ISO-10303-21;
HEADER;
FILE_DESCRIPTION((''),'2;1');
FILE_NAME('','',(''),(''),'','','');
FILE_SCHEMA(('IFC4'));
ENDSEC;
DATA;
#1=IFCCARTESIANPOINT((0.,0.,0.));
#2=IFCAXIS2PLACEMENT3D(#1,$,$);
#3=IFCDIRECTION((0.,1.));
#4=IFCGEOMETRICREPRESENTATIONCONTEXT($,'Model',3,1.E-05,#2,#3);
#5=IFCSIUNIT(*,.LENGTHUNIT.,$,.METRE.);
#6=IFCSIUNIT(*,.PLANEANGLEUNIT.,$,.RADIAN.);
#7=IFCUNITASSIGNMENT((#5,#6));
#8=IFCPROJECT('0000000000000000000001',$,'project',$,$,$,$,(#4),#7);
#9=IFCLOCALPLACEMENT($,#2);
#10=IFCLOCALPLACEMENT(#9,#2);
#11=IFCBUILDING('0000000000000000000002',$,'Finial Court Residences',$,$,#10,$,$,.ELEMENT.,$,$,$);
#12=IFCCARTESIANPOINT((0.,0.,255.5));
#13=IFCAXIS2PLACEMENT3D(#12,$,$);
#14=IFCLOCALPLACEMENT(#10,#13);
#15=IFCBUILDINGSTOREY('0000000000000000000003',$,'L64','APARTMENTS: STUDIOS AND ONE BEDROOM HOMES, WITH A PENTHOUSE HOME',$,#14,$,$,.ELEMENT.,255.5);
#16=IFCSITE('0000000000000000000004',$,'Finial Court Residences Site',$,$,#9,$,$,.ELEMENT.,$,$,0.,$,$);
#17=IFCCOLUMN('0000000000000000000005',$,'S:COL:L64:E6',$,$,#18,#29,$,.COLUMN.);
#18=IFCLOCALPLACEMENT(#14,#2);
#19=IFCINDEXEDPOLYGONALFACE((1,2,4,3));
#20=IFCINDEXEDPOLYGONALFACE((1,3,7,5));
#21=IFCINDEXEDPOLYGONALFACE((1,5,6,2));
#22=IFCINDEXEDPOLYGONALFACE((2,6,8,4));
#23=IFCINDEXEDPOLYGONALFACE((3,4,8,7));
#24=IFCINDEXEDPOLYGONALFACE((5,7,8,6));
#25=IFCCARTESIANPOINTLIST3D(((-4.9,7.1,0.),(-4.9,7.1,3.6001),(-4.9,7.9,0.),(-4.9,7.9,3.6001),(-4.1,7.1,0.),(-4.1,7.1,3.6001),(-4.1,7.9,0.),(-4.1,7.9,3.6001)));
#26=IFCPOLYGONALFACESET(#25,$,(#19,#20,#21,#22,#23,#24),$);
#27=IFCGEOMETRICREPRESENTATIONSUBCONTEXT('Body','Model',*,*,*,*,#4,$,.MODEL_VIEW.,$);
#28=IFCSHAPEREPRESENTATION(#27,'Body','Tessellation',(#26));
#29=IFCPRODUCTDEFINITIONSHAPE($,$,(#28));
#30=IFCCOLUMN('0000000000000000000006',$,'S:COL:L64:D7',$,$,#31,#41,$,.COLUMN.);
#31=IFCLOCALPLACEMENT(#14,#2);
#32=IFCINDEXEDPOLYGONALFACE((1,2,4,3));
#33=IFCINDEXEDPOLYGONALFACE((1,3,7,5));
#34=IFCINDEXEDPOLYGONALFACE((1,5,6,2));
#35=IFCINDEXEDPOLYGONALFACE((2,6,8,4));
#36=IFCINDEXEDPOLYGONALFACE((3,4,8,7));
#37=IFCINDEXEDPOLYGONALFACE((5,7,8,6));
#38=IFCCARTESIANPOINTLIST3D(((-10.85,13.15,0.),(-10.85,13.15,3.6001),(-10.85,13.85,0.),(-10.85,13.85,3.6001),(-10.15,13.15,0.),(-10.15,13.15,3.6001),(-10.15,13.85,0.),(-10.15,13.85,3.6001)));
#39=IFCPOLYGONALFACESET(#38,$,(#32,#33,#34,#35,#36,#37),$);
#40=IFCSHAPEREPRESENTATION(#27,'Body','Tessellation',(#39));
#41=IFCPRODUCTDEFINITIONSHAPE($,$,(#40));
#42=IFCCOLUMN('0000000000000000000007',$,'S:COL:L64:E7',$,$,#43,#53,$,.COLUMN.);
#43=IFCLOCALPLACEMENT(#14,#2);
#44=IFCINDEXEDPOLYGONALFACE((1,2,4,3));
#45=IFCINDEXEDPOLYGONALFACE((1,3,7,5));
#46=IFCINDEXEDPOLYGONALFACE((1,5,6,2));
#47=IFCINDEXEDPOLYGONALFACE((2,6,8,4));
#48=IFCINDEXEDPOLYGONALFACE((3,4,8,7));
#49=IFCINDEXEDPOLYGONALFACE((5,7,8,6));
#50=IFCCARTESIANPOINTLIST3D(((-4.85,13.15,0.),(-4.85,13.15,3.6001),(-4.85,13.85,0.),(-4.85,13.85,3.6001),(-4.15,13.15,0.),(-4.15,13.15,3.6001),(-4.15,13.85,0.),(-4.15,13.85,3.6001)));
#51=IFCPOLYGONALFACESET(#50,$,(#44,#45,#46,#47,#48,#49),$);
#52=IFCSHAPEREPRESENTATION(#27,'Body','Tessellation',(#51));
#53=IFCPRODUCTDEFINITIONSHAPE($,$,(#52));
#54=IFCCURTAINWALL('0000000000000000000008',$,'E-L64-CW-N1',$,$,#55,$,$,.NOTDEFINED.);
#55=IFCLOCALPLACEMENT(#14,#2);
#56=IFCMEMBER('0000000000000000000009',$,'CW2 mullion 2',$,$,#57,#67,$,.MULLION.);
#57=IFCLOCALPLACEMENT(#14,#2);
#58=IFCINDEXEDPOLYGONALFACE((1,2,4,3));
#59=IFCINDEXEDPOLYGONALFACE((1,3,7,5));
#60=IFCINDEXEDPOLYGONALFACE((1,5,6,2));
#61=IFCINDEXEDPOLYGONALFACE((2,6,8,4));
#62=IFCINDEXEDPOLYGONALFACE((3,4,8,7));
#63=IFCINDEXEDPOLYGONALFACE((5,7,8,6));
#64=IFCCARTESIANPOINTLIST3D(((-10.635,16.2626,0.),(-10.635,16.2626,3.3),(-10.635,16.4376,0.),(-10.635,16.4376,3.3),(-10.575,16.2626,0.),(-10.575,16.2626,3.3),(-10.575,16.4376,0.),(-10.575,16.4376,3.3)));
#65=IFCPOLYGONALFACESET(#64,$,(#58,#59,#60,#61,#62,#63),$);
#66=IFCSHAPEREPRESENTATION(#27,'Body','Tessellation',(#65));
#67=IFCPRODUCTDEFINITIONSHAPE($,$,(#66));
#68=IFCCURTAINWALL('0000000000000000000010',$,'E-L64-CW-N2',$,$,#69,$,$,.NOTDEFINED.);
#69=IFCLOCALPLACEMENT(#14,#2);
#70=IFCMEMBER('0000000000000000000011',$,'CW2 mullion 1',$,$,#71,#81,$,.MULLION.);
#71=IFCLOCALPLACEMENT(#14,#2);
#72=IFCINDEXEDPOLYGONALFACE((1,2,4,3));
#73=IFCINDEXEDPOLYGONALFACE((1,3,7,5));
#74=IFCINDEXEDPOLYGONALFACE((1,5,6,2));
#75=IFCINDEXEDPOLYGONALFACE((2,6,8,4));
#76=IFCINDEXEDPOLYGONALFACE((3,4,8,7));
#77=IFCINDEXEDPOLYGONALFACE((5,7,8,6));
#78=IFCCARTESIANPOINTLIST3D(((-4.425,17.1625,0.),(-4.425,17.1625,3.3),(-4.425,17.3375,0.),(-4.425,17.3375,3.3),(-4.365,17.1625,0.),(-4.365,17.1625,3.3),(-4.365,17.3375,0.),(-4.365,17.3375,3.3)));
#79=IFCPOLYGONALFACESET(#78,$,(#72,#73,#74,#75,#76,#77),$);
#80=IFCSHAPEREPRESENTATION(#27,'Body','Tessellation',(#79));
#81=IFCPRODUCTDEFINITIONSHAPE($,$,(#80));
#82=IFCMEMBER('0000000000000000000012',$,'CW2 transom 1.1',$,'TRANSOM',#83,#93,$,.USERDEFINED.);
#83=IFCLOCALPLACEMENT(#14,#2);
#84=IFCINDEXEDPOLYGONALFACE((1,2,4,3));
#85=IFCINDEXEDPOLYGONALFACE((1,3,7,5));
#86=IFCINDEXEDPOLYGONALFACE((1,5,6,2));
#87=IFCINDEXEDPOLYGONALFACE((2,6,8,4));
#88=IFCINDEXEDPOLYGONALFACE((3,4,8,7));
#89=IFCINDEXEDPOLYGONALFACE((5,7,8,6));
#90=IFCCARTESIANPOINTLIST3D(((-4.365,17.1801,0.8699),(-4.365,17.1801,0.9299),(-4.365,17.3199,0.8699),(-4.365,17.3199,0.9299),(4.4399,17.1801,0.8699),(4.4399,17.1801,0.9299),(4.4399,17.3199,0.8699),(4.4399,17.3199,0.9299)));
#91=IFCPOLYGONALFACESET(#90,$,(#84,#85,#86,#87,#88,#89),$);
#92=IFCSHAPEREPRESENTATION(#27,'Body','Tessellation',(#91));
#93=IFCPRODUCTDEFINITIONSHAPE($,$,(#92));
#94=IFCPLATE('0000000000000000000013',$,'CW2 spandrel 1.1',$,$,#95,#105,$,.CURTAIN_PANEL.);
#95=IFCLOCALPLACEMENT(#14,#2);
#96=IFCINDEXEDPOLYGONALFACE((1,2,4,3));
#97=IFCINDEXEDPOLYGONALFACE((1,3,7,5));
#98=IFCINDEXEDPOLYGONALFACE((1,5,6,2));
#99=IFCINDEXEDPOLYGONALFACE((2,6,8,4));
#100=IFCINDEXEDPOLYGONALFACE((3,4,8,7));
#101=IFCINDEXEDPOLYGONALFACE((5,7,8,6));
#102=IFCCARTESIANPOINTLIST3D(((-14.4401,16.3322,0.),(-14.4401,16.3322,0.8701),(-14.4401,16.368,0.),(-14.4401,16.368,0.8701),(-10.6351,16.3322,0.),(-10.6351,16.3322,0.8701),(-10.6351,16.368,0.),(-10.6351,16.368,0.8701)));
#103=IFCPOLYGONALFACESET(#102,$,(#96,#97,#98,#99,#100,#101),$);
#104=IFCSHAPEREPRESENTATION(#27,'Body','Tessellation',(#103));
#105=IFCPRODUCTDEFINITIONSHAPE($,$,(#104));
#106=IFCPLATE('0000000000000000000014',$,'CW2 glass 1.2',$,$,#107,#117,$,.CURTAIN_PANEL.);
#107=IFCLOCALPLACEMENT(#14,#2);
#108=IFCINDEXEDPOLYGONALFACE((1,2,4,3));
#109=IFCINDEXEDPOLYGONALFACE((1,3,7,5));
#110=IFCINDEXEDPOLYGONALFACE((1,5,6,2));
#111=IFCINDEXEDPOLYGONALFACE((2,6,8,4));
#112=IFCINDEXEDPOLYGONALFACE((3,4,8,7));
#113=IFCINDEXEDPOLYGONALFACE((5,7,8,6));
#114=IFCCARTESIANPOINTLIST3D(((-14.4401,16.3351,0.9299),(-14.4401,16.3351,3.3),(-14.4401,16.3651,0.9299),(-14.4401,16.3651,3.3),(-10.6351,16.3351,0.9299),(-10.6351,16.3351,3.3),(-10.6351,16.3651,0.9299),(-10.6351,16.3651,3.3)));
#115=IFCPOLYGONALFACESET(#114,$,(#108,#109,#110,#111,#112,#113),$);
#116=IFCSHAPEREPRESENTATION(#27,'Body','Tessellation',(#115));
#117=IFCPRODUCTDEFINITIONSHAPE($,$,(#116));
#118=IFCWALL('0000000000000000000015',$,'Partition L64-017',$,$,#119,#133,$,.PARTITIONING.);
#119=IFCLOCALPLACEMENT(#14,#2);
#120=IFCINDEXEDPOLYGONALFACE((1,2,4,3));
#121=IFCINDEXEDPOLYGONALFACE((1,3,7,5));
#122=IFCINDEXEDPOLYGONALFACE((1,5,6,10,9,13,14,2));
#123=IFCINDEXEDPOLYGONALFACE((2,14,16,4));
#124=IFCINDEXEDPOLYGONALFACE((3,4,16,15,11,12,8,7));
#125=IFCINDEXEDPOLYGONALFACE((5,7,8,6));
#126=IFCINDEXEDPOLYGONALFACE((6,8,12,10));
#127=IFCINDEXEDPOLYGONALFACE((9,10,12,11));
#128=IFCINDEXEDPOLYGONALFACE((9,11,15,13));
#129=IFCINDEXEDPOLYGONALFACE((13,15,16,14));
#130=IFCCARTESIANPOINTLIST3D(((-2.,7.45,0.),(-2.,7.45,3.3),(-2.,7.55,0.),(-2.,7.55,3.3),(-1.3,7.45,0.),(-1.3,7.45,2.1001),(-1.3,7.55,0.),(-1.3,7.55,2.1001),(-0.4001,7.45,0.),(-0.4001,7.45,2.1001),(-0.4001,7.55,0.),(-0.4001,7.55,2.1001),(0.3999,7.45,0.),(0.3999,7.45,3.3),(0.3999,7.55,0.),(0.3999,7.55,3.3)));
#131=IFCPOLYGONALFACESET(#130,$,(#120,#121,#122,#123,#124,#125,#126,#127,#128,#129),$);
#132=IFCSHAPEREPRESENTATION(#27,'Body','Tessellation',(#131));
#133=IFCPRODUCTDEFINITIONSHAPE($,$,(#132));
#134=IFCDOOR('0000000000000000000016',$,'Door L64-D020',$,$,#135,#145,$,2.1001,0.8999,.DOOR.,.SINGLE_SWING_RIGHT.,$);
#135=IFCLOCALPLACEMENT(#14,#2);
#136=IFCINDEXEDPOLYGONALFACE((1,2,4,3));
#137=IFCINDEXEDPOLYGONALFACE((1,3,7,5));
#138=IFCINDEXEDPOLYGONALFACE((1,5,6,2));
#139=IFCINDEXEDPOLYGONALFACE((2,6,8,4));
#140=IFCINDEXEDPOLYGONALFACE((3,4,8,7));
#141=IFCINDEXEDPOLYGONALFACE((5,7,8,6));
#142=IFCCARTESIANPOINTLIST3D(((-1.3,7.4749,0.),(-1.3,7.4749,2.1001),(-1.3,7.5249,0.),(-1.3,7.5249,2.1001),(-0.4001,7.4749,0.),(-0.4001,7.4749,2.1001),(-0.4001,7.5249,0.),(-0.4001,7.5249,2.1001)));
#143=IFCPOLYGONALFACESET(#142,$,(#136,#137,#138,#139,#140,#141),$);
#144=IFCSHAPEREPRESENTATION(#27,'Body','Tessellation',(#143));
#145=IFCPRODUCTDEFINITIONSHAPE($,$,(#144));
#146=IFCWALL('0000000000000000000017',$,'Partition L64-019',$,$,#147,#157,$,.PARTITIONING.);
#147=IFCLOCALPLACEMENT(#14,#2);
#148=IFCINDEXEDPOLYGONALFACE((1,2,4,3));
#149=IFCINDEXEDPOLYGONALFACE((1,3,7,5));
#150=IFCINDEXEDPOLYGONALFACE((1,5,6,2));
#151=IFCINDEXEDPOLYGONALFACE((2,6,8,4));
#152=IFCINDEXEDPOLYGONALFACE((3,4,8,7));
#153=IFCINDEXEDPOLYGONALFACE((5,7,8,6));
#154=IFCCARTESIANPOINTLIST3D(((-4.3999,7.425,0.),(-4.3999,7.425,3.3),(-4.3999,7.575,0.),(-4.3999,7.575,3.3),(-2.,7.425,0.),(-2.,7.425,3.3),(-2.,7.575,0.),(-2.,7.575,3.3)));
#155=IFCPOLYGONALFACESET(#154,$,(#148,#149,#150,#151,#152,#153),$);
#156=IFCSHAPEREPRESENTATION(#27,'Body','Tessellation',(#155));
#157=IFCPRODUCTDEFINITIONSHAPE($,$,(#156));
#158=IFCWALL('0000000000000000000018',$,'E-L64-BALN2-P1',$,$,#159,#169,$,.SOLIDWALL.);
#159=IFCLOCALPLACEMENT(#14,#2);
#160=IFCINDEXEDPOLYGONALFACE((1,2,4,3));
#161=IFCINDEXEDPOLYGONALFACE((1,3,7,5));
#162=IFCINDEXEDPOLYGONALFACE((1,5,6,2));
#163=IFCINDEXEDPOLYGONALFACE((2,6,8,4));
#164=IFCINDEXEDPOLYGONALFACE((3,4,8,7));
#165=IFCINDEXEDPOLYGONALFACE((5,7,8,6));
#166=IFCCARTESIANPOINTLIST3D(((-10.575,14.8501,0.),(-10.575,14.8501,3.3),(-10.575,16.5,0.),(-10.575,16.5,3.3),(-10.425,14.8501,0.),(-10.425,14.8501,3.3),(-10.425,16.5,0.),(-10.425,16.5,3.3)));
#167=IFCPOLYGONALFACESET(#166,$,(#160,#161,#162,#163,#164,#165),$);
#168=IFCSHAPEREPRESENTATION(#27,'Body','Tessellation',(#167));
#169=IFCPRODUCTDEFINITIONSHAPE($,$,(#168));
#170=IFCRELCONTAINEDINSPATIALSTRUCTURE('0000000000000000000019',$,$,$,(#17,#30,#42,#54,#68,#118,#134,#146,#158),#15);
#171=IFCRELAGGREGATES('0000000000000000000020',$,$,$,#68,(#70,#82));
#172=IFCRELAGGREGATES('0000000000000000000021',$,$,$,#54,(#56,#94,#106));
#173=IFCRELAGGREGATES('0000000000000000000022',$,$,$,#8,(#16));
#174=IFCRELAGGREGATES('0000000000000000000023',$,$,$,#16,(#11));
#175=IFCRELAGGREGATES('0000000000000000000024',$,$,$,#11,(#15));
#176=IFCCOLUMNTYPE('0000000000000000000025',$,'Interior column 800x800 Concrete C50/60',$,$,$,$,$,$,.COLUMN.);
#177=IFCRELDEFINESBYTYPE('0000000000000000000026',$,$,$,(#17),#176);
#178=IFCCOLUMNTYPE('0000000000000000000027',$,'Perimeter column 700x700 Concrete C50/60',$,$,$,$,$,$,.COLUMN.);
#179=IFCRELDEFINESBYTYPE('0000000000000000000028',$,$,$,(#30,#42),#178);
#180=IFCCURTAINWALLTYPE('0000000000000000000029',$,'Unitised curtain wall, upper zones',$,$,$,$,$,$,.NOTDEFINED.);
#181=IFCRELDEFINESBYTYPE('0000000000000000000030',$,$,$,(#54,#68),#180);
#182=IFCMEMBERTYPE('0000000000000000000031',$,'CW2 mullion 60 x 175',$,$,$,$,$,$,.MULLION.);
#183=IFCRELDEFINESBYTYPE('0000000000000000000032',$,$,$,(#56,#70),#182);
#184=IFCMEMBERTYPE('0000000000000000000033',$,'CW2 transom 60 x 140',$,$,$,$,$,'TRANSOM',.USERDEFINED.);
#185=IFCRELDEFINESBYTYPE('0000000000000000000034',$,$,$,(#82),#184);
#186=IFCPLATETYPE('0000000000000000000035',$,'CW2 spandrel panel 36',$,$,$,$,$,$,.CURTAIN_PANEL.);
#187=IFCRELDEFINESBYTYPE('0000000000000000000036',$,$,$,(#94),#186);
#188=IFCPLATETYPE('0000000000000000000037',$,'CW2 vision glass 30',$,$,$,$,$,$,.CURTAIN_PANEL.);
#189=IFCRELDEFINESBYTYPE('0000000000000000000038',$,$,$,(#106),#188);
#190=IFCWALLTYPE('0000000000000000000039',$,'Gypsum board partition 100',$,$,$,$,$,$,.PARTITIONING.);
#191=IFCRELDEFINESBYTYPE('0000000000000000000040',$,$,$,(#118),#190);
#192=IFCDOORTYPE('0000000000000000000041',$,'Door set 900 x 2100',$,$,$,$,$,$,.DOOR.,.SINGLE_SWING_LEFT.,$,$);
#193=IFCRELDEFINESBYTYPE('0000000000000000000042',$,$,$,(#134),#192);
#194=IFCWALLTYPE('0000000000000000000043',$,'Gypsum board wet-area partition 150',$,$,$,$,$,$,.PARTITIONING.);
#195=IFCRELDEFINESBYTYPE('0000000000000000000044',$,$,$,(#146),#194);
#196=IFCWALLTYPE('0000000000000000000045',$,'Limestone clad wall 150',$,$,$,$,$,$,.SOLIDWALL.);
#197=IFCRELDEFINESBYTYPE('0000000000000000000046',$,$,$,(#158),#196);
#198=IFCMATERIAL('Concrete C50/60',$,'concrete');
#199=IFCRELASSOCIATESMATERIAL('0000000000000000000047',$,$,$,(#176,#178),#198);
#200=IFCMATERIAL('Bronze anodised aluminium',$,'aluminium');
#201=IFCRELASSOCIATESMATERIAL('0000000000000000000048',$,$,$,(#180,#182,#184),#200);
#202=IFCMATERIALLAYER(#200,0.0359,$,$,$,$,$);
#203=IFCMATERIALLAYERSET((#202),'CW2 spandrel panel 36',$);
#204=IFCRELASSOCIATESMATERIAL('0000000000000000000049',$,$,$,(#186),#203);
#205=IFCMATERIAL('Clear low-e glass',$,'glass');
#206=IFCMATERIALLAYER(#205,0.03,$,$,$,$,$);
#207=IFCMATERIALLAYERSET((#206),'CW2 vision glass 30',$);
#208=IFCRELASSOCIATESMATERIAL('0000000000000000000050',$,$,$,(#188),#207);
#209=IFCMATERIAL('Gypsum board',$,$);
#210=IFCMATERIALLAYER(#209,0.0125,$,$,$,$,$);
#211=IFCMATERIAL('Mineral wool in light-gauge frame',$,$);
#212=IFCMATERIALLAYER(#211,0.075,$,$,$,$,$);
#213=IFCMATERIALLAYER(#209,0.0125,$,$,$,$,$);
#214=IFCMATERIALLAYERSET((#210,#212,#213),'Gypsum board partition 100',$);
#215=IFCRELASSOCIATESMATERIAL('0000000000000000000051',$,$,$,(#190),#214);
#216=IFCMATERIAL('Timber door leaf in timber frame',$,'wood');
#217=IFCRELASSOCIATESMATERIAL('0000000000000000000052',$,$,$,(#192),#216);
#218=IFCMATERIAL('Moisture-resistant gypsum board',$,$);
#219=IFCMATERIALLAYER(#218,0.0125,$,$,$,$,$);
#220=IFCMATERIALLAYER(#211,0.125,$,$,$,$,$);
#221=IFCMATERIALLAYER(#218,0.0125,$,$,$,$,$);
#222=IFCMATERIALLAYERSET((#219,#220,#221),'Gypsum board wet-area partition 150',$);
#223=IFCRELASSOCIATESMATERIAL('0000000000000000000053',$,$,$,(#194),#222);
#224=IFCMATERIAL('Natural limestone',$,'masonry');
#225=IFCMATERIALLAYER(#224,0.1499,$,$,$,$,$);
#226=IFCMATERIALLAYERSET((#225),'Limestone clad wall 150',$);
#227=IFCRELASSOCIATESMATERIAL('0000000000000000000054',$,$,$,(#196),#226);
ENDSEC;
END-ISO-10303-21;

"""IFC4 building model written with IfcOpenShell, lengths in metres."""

from ifc_helpers import new_model, si_unit, direction, frame, frame_2d, origin, origin_2d, place, context, subcontext, project, spatial, rectangle, extrude, material, layer, layer_set, material_profile, profile_set, type_object, element, fill, aggregate, save


model = new_model("IFC4")

# Units and contexts
model_context = context("Model", 3, precision=1e-05, world=origin(), true_north=direction((0.0, 1.0)))
body_context = subcontext(model_context, "Body", "Model", "MODEL_VIEW")
ifc_project = project(units=[si_unit("LENGTHUNIT", "METRE"), si_unit("PLANEANGLEUNIT", "RADIAN")], contexts=[model_context])

# Site, building, storey
site_placement = place(None, origin())
site = spatial("IfcSite", under=ifc_project, at=site_placement, Name="Finial Court Residences Site", CompositionType="ELEMENT", RefElevation=0.0)
building_placement = place(site_placement, origin())
building = spatial("IfcBuilding", under=site, at=building_placement, Name="Finial Court Residences", CompositionType="ELEMENT")
storey_placement = place(building_placement, frame((0.0, 0.0, 255.5)))
storey = spatial("IfcBuildingStorey", under=building, at=storey_placement, Name="L64", Description="APARTMENTS: STUDIOS AND ONE BEDROOM HOMES, WITH A PENTHOUSE HOME", CompositionType="ELEMENT", Elevation=255.5)

# Columns
ifc_material_1 = material(Name="Concrete C50/60", Category="concrete")
ifc_material_profile_1 = material_profile(ifc_material_1, rectangle(XDim=0.8, YDim=0.8, at=origin_2d()), Name="800x800")
ifc_profile_set_1 = profile_set([ifc_material_profile_1], Name="Concrete C50/60")
column_type_1 = type_object("IfcColumnType", Name="Interior column 800x800 Concrete C50/60", PredefinedType="COLUMN", material=ifc_profile_set_1)
column_placement = place(storey_placement, frame((-4.5, 7.5, 0.0), z_axis=(0.0, 0.0, 1.0), x_axis=(1.0, 0.0, 0.0)))
element("IfcColumn", 1, at=column_placement, inside=storey, type_object=column_type_1, Name="S:COL:L64:E6", PredefinedType="COLUMN", context=body_context, shape_type="SweptSolid", body=[
    extrude(rectangle(XDim=0.8, YDim=0.8, at=origin_2d()), origin(), (0.0, 0.0, 1.0), 3.6001),
])
ifc_material_profile_2 = material_profile(ifc_material_1, rectangle(XDim=0.7, YDim=0.7, at=origin_2d()), Name="700x700")
ifc_profile_set_2 = profile_set([ifc_material_profile_2], Name="Concrete C50/60")
column_type_2 = type_object("IfcColumnType", Name="Perimeter column 700x700 Concrete C50/60", PredefinedType="COLUMN", material=ifc_profile_set_2)
for number, where, z_axis, x_axis, name in (
    (2, (-10.5, 13.5, 0.0), (0.0, 0.0, 1.0), (1.0, 0.0, 0.0), "S:COL:L64:D7"),
    (3, (-4.5, 13.5, 0.0), (0.0, 0.0, 1.0), (1.0, 0.0, 0.0), "S:COL:L64:E7"),
):
    element("IfcColumn", number, at=place(storey_placement, frame(where, z_axis=z_axis, x_axis=x_axis)), inside=storey, type_object=column_type_2, Name=name, PredefinedType="COLUMN", context=body_context, shape_type="SweptSolid", body=[
        extrude(rectangle(XDim=0.7, YDim=0.7, at=origin_2d()), origin(), (0.0, 0.0, 1.0), 3.6001),
    ])

# Curtain wall, member
ifc_material_2 = material(Name="Bronze anodised aluminium", Category="aluminium")
curtain_wall_type = type_object("IfcCurtainWallType", Name="Unitised curtain wall, upper zones", PredefinedType="NOTDEFINED", material=ifc_material_2)
curtain_wall_1_placement = place(storey_placement, origin())
curtain_wall_1 = element("IfcCurtainWall", 4, at=curtain_wall_1_placement, inside=storey, type_object=curtain_wall_type, Name="E-L64-CW-N1", PredefinedType="NOTDEFINED")
ifc_material_profile_3 = material_profile(ifc_material_2, rectangle(XDim=0.175, YDim=0.0601, at=origin_2d()), Name="CW2 mullion 60 x 175")
ifc_profile_set_3 = profile_set([ifc_material_profile_3], Name="Bronze anodised aluminium")
member_type_1 = type_object("IfcMemberType", Name="CW2 mullion 60 x 175", PredefinedType="MULLION", material=ifc_profile_set_3)
member_1_placement = place(storey_placement, frame((-10.605, 16.3501, 0.0), z_axis=(0.0, 0.0, 1.0), x_axis=(0.0, 1.0, 0.0)))
member_1 = element("IfcMember", 5, at=member_1_placement, type_object=member_type_1, Name="CW2 mullion 2", PredefinedType="MULLION", context=body_context, shape_type="SweptSolid", body=[
    extrude(rectangle(XDim=0.175, YDim=0.0601, at=origin_2d()), origin(), (0.0, 0.0, 1.0), 3.3),
])

# Curtain wall, members
curtain_wall_2_placement = place(storey_placement, origin())
curtain_wall_2 = element("IfcCurtainWall", 6, at=curtain_wall_2_placement, inside=storey, type_object=curtain_wall_type, Name="E-L64-CW-N2", PredefinedType="NOTDEFINED")
member_2_placement = place(storey_placement, frame((-4.395, 17.25, 0.0), z_axis=(0.0, 0.0, 1.0), x_axis=(0.0, 1.0, 0.0)))
member_2 = element("IfcMember", 7, at=member_2_placement, type_object=member_type_1, Name="CW2 mullion 1", PredefinedType="MULLION", context=body_context, shape_type="SweptSolid", body=[
    extrude(rectangle(XDim=0.175, YDim=0.0601, at=origin_2d()), origin(), (0.0, 0.0, 1.0), 3.3),
])
ifc_material_profile_4 = material_profile(ifc_material_2, rectangle(XDim=0.1399, YDim=0.0601, at=origin_2d()), Name="CW2 transom 60 x 140")
ifc_profile_set_4 = profile_set([ifc_material_profile_4], Name="Bronze anodised aluminium")
member_type_2 = type_object("IfcMemberType", Name="CW2 transom 60 x 140", ElementType="TRANSOM", PredefinedType="USERDEFINED", material=ifc_profile_set_4)
member_3_placement = place(storey_placement, frame((-4.365, 17.25, 0.8999), z_axis=(1.0, 0.0, 0.0), x_axis=(0.0, 1.0, 0.0)))
member_3 = element("IfcMember", 8, at=member_3_placement, type_object=member_type_2, Name="CW2 transom 1.1", ObjectType="TRANSOM", PredefinedType="USERDEFINED", context=body_context, shape_type="SweptSolid", body=[
    extrude(rectangle(XDim=0.1399, YDim=0.0601, at=origin_2d()), origin(), (0.0, 0.0, 1.0), 8.8049),
])
aggregate(curtain_wall_2, [member_2, member_3])

# Plates
ifc_layer_1 = layer(ifc_material_2, 0.0359)
ifc_layer_set_1 = layer_set([ifc_layer_1], Name="CW2 spandrel panel 36")
plate_type_1 = type_object("IfcPlateType", Name="CW2 spandrel panel 36", PredefinedType="CURTAIN_PANEL", material=ifc_layer_set_1)
plate_1_placement = place(storey_placement, frame((-12.5376, 16.3501, 0.0), z_axis=(0.0, 0.0, 1.0), x_axis=(1.0, 0.0, 0.0)))
plate_1 = element("IfcPlate", 9, at=plate_1_placement, type_object=plate_type_1, Name="CW2 spandrel 1.1", PredefinedType="CURTAIN_PANEL", context=body_context, shape_type="SweptSolid", body=[
    extrude(rectangle(XDim=3.8049, YDim=0.0359, at=origin_2d()), origin(), (0.0, 0.0, 1.0), 0.8701),
])
ifc_material_3 = material(Name="Clear low-e glass", Category="glass")
ifc_layer_2 = layer(ifc_material_3, 0.03)
ifc_layer_set_2 = layer_set([ifc_layer_2], Name="CW2 vision glass 30")
plate_type_2 = type_object("IfcPlateType", Name="CW2 vision glass 30", PredefinedType="CURTAIN_PANEL", material=ifc_layer_set_2)
plate_2_placement = place(storey_placement, frame((-12.5376, 16.3501, 0.9299), z_axis=(0.0, 0.0, 1.0), x_axis=(1.0, 0.0, 0.0)))
plate_2 = element("IfcPlate", 10, at=plate_2_placement, type_object=plate_type_2, Name="CW2 glass 1.2", PredefinedType="CURTAIN_PANEL", context=body_context, shape_type="SweptSolid", body=[
    extrude(rectangle(XDim=3.8049, YDim=0.03, at=origin_2d()), origin(), (0.0, 0.0, 1.0), 2.3701),
])
aggregate(curtain_wall_1, [member_1, plate_1, plate_2])

# Wall, opening, door
ifc_material_4 = material(Name="Gypsum board")
ifc_layer_3 = layer(ifc_material_4, 0.0125)
ifc_material_5 = material(Name="Mineral wool in light-gauge frame")
ifc_layer_4 = layer(ifc_material_5, 0.075)
ifc_layer_5 = layer(ifc_material_4, 0.0125)
ifc_layer_set_3 = layer_set([ifc_layer_3, ifc_layer_4, ifc_layer_5], Name="Gypsum board partition 100")
wall_type_1 = type_object("IfcWallType", Name="Gypsum board partition 100", PredefinedType="PARTITIONING", material=ifc_layer_set_3)
wall_1_placement = place(storey_placement, frame((-2.0, 7.5, 0.0), z_axis=(0.0, 0.0, 1.0), x_axis=(1.0, 0.0, 0.0)))
wall_1 = element("IfcWall", 11, at=wall_1_placement, inside=storey, type_object=wall_type_1, Name="Partition L64-017", PredefinedType="PARTITIONING", context=body_context, shape_type="SweptSolid", body=[
    extrude(rectangle(XDim=2.3999, YDim=0.1001, at=frame_2d((1.2, 0.0))), origin(), (0.0, 0.0, 1.0), 3.3),
])
opening_1_placement = place(wall_1_placement, frame((0.7, 0.0, 0.0)))
opening_1 = element("IfcOpeningElement", 12, at=opening_1_placement, cuts=wall_1, PredefinedType="OPENING", context=body_context, shape_type="SweptSolid", body=[
    extrude(rectangle(XDim=0.8999, YDim=2.1001, at=frame_2d((0.45, 1.05))), frame((0.0, 0.0601, 0.0), z_axis=(0.0, -1.0, 0.0), x_axis=(1.0, 0.0, 0.0)), (0.0, 0.0, 1.0), 0.1201),
])
ifc_material_6 = material(Name="Timber door leaf in timber frame", Category="wood")
door_type_1 = type_object("IfcDoorType", Name="Door set 900 x 2100", OperationType="SINGLE_SWING_LEFT", PredefinedType="DOOR", material=ifc_material_6)
door_1_placement = place(opening_1_placement, origin())
door_1 = element("IfcDoor", 13, at=door_1_placement, inside=storey, type_object=door_type_1, Name="Door L64-D020", OperationType="SINGLE_SWING_RIGHT", OverallHeight=2.1001, OverallWidth=0.8999, PredefinedType="DOOR", context=body_context, shape_type="SweptSolid", body=[
    extrude(rectangle(XDim=0.8999, YDim=2.1001, at=frame_2d((0.45, 1.05))), frame((0.0, 0.0249, 0.0), z_axis=(0.0, -1.0, 0.0), x_axis=(1.0, 0.0, 0.0)), (0.0, 0.0, 1.0), 0.05),
])
fill(opening_1, door_1)

# Walls
ifc_material_7 = material(Name="Moisture-resistant gypsum board")
ifc_layer_6 = layer(ifc_material_7, 0.0125)
ifc_layer_7 = layer(ifc_material_5, 0.125)
ifc_layer_8 = layer(ifc_material_7, 0.0125)
ifc_layer_set_4 = layer_set([ifc_layer_6, ifc_layer_7, ifc_layer_8], Name="Gypsum board wet-area partition 150")
wall_type_2 = type_object("IfcWallType", Name="Gypsum board wet-area partition 150", PredefinedType="PARTITIONING", material=ifc_layer_set_4)
wall_2_placement = place(storey_placement, frame((-4.3999, 7.5, 0.0), z_axis=(0.0, 0.0, 1.0), x_axis=(1.0, 0.0, 0.0)))
element("IfcWall", 14, at=wall_2_placement, inside=storey, type_object=wall_type_2, Name="Partition L64-019", PredefinedType="PARTITIONING", context=body_context, shape_type="SweptSolid", body=[
    extrude(rectangle(XDim=2.3999, YDim=0.1499, at=frame_2d((1.2, 0.0))), origin(), (0.0, 0.0, 1.0), 3.3),
])
ifc_material_8 = material(Name="Natural limestone", Category="masonry")
ifc_layer_9 = layer(ifc_material_8, 0.1499)
ifc_layer_set_5 = layer_set([ifc_layer_9], Name="Limestone clad wall 150")
wall_type_3 = type_object("IfcWallType", Name="Limestone clad wall 150", PredefinedType="SOLIDWALL", material=ifc_layer_set_5)
wall_3_placement = place(storey_placement, frame((-10.5, 14.8501, 0.0), z_axis=(0.0, 0.0, 1.0), x_axis=(0.0, 1.0, 0.0)))
element("IfcWall", 15, at=wall_3_placement, inside=storey, type_object=wall_type_3, Name="E-L64-BALN2-P1", PredefinedType="SOLIDWALL", context=body_context, shape_type="SweptSolid", body=[
    extrude(rectangle(XDim=1.6499, YDim=0.1499, at=frame_2d((0.825, 0.0))), origin(), (0.0, 0.0, 1.0), 3.3),
])

save(model, "model.ifc")
